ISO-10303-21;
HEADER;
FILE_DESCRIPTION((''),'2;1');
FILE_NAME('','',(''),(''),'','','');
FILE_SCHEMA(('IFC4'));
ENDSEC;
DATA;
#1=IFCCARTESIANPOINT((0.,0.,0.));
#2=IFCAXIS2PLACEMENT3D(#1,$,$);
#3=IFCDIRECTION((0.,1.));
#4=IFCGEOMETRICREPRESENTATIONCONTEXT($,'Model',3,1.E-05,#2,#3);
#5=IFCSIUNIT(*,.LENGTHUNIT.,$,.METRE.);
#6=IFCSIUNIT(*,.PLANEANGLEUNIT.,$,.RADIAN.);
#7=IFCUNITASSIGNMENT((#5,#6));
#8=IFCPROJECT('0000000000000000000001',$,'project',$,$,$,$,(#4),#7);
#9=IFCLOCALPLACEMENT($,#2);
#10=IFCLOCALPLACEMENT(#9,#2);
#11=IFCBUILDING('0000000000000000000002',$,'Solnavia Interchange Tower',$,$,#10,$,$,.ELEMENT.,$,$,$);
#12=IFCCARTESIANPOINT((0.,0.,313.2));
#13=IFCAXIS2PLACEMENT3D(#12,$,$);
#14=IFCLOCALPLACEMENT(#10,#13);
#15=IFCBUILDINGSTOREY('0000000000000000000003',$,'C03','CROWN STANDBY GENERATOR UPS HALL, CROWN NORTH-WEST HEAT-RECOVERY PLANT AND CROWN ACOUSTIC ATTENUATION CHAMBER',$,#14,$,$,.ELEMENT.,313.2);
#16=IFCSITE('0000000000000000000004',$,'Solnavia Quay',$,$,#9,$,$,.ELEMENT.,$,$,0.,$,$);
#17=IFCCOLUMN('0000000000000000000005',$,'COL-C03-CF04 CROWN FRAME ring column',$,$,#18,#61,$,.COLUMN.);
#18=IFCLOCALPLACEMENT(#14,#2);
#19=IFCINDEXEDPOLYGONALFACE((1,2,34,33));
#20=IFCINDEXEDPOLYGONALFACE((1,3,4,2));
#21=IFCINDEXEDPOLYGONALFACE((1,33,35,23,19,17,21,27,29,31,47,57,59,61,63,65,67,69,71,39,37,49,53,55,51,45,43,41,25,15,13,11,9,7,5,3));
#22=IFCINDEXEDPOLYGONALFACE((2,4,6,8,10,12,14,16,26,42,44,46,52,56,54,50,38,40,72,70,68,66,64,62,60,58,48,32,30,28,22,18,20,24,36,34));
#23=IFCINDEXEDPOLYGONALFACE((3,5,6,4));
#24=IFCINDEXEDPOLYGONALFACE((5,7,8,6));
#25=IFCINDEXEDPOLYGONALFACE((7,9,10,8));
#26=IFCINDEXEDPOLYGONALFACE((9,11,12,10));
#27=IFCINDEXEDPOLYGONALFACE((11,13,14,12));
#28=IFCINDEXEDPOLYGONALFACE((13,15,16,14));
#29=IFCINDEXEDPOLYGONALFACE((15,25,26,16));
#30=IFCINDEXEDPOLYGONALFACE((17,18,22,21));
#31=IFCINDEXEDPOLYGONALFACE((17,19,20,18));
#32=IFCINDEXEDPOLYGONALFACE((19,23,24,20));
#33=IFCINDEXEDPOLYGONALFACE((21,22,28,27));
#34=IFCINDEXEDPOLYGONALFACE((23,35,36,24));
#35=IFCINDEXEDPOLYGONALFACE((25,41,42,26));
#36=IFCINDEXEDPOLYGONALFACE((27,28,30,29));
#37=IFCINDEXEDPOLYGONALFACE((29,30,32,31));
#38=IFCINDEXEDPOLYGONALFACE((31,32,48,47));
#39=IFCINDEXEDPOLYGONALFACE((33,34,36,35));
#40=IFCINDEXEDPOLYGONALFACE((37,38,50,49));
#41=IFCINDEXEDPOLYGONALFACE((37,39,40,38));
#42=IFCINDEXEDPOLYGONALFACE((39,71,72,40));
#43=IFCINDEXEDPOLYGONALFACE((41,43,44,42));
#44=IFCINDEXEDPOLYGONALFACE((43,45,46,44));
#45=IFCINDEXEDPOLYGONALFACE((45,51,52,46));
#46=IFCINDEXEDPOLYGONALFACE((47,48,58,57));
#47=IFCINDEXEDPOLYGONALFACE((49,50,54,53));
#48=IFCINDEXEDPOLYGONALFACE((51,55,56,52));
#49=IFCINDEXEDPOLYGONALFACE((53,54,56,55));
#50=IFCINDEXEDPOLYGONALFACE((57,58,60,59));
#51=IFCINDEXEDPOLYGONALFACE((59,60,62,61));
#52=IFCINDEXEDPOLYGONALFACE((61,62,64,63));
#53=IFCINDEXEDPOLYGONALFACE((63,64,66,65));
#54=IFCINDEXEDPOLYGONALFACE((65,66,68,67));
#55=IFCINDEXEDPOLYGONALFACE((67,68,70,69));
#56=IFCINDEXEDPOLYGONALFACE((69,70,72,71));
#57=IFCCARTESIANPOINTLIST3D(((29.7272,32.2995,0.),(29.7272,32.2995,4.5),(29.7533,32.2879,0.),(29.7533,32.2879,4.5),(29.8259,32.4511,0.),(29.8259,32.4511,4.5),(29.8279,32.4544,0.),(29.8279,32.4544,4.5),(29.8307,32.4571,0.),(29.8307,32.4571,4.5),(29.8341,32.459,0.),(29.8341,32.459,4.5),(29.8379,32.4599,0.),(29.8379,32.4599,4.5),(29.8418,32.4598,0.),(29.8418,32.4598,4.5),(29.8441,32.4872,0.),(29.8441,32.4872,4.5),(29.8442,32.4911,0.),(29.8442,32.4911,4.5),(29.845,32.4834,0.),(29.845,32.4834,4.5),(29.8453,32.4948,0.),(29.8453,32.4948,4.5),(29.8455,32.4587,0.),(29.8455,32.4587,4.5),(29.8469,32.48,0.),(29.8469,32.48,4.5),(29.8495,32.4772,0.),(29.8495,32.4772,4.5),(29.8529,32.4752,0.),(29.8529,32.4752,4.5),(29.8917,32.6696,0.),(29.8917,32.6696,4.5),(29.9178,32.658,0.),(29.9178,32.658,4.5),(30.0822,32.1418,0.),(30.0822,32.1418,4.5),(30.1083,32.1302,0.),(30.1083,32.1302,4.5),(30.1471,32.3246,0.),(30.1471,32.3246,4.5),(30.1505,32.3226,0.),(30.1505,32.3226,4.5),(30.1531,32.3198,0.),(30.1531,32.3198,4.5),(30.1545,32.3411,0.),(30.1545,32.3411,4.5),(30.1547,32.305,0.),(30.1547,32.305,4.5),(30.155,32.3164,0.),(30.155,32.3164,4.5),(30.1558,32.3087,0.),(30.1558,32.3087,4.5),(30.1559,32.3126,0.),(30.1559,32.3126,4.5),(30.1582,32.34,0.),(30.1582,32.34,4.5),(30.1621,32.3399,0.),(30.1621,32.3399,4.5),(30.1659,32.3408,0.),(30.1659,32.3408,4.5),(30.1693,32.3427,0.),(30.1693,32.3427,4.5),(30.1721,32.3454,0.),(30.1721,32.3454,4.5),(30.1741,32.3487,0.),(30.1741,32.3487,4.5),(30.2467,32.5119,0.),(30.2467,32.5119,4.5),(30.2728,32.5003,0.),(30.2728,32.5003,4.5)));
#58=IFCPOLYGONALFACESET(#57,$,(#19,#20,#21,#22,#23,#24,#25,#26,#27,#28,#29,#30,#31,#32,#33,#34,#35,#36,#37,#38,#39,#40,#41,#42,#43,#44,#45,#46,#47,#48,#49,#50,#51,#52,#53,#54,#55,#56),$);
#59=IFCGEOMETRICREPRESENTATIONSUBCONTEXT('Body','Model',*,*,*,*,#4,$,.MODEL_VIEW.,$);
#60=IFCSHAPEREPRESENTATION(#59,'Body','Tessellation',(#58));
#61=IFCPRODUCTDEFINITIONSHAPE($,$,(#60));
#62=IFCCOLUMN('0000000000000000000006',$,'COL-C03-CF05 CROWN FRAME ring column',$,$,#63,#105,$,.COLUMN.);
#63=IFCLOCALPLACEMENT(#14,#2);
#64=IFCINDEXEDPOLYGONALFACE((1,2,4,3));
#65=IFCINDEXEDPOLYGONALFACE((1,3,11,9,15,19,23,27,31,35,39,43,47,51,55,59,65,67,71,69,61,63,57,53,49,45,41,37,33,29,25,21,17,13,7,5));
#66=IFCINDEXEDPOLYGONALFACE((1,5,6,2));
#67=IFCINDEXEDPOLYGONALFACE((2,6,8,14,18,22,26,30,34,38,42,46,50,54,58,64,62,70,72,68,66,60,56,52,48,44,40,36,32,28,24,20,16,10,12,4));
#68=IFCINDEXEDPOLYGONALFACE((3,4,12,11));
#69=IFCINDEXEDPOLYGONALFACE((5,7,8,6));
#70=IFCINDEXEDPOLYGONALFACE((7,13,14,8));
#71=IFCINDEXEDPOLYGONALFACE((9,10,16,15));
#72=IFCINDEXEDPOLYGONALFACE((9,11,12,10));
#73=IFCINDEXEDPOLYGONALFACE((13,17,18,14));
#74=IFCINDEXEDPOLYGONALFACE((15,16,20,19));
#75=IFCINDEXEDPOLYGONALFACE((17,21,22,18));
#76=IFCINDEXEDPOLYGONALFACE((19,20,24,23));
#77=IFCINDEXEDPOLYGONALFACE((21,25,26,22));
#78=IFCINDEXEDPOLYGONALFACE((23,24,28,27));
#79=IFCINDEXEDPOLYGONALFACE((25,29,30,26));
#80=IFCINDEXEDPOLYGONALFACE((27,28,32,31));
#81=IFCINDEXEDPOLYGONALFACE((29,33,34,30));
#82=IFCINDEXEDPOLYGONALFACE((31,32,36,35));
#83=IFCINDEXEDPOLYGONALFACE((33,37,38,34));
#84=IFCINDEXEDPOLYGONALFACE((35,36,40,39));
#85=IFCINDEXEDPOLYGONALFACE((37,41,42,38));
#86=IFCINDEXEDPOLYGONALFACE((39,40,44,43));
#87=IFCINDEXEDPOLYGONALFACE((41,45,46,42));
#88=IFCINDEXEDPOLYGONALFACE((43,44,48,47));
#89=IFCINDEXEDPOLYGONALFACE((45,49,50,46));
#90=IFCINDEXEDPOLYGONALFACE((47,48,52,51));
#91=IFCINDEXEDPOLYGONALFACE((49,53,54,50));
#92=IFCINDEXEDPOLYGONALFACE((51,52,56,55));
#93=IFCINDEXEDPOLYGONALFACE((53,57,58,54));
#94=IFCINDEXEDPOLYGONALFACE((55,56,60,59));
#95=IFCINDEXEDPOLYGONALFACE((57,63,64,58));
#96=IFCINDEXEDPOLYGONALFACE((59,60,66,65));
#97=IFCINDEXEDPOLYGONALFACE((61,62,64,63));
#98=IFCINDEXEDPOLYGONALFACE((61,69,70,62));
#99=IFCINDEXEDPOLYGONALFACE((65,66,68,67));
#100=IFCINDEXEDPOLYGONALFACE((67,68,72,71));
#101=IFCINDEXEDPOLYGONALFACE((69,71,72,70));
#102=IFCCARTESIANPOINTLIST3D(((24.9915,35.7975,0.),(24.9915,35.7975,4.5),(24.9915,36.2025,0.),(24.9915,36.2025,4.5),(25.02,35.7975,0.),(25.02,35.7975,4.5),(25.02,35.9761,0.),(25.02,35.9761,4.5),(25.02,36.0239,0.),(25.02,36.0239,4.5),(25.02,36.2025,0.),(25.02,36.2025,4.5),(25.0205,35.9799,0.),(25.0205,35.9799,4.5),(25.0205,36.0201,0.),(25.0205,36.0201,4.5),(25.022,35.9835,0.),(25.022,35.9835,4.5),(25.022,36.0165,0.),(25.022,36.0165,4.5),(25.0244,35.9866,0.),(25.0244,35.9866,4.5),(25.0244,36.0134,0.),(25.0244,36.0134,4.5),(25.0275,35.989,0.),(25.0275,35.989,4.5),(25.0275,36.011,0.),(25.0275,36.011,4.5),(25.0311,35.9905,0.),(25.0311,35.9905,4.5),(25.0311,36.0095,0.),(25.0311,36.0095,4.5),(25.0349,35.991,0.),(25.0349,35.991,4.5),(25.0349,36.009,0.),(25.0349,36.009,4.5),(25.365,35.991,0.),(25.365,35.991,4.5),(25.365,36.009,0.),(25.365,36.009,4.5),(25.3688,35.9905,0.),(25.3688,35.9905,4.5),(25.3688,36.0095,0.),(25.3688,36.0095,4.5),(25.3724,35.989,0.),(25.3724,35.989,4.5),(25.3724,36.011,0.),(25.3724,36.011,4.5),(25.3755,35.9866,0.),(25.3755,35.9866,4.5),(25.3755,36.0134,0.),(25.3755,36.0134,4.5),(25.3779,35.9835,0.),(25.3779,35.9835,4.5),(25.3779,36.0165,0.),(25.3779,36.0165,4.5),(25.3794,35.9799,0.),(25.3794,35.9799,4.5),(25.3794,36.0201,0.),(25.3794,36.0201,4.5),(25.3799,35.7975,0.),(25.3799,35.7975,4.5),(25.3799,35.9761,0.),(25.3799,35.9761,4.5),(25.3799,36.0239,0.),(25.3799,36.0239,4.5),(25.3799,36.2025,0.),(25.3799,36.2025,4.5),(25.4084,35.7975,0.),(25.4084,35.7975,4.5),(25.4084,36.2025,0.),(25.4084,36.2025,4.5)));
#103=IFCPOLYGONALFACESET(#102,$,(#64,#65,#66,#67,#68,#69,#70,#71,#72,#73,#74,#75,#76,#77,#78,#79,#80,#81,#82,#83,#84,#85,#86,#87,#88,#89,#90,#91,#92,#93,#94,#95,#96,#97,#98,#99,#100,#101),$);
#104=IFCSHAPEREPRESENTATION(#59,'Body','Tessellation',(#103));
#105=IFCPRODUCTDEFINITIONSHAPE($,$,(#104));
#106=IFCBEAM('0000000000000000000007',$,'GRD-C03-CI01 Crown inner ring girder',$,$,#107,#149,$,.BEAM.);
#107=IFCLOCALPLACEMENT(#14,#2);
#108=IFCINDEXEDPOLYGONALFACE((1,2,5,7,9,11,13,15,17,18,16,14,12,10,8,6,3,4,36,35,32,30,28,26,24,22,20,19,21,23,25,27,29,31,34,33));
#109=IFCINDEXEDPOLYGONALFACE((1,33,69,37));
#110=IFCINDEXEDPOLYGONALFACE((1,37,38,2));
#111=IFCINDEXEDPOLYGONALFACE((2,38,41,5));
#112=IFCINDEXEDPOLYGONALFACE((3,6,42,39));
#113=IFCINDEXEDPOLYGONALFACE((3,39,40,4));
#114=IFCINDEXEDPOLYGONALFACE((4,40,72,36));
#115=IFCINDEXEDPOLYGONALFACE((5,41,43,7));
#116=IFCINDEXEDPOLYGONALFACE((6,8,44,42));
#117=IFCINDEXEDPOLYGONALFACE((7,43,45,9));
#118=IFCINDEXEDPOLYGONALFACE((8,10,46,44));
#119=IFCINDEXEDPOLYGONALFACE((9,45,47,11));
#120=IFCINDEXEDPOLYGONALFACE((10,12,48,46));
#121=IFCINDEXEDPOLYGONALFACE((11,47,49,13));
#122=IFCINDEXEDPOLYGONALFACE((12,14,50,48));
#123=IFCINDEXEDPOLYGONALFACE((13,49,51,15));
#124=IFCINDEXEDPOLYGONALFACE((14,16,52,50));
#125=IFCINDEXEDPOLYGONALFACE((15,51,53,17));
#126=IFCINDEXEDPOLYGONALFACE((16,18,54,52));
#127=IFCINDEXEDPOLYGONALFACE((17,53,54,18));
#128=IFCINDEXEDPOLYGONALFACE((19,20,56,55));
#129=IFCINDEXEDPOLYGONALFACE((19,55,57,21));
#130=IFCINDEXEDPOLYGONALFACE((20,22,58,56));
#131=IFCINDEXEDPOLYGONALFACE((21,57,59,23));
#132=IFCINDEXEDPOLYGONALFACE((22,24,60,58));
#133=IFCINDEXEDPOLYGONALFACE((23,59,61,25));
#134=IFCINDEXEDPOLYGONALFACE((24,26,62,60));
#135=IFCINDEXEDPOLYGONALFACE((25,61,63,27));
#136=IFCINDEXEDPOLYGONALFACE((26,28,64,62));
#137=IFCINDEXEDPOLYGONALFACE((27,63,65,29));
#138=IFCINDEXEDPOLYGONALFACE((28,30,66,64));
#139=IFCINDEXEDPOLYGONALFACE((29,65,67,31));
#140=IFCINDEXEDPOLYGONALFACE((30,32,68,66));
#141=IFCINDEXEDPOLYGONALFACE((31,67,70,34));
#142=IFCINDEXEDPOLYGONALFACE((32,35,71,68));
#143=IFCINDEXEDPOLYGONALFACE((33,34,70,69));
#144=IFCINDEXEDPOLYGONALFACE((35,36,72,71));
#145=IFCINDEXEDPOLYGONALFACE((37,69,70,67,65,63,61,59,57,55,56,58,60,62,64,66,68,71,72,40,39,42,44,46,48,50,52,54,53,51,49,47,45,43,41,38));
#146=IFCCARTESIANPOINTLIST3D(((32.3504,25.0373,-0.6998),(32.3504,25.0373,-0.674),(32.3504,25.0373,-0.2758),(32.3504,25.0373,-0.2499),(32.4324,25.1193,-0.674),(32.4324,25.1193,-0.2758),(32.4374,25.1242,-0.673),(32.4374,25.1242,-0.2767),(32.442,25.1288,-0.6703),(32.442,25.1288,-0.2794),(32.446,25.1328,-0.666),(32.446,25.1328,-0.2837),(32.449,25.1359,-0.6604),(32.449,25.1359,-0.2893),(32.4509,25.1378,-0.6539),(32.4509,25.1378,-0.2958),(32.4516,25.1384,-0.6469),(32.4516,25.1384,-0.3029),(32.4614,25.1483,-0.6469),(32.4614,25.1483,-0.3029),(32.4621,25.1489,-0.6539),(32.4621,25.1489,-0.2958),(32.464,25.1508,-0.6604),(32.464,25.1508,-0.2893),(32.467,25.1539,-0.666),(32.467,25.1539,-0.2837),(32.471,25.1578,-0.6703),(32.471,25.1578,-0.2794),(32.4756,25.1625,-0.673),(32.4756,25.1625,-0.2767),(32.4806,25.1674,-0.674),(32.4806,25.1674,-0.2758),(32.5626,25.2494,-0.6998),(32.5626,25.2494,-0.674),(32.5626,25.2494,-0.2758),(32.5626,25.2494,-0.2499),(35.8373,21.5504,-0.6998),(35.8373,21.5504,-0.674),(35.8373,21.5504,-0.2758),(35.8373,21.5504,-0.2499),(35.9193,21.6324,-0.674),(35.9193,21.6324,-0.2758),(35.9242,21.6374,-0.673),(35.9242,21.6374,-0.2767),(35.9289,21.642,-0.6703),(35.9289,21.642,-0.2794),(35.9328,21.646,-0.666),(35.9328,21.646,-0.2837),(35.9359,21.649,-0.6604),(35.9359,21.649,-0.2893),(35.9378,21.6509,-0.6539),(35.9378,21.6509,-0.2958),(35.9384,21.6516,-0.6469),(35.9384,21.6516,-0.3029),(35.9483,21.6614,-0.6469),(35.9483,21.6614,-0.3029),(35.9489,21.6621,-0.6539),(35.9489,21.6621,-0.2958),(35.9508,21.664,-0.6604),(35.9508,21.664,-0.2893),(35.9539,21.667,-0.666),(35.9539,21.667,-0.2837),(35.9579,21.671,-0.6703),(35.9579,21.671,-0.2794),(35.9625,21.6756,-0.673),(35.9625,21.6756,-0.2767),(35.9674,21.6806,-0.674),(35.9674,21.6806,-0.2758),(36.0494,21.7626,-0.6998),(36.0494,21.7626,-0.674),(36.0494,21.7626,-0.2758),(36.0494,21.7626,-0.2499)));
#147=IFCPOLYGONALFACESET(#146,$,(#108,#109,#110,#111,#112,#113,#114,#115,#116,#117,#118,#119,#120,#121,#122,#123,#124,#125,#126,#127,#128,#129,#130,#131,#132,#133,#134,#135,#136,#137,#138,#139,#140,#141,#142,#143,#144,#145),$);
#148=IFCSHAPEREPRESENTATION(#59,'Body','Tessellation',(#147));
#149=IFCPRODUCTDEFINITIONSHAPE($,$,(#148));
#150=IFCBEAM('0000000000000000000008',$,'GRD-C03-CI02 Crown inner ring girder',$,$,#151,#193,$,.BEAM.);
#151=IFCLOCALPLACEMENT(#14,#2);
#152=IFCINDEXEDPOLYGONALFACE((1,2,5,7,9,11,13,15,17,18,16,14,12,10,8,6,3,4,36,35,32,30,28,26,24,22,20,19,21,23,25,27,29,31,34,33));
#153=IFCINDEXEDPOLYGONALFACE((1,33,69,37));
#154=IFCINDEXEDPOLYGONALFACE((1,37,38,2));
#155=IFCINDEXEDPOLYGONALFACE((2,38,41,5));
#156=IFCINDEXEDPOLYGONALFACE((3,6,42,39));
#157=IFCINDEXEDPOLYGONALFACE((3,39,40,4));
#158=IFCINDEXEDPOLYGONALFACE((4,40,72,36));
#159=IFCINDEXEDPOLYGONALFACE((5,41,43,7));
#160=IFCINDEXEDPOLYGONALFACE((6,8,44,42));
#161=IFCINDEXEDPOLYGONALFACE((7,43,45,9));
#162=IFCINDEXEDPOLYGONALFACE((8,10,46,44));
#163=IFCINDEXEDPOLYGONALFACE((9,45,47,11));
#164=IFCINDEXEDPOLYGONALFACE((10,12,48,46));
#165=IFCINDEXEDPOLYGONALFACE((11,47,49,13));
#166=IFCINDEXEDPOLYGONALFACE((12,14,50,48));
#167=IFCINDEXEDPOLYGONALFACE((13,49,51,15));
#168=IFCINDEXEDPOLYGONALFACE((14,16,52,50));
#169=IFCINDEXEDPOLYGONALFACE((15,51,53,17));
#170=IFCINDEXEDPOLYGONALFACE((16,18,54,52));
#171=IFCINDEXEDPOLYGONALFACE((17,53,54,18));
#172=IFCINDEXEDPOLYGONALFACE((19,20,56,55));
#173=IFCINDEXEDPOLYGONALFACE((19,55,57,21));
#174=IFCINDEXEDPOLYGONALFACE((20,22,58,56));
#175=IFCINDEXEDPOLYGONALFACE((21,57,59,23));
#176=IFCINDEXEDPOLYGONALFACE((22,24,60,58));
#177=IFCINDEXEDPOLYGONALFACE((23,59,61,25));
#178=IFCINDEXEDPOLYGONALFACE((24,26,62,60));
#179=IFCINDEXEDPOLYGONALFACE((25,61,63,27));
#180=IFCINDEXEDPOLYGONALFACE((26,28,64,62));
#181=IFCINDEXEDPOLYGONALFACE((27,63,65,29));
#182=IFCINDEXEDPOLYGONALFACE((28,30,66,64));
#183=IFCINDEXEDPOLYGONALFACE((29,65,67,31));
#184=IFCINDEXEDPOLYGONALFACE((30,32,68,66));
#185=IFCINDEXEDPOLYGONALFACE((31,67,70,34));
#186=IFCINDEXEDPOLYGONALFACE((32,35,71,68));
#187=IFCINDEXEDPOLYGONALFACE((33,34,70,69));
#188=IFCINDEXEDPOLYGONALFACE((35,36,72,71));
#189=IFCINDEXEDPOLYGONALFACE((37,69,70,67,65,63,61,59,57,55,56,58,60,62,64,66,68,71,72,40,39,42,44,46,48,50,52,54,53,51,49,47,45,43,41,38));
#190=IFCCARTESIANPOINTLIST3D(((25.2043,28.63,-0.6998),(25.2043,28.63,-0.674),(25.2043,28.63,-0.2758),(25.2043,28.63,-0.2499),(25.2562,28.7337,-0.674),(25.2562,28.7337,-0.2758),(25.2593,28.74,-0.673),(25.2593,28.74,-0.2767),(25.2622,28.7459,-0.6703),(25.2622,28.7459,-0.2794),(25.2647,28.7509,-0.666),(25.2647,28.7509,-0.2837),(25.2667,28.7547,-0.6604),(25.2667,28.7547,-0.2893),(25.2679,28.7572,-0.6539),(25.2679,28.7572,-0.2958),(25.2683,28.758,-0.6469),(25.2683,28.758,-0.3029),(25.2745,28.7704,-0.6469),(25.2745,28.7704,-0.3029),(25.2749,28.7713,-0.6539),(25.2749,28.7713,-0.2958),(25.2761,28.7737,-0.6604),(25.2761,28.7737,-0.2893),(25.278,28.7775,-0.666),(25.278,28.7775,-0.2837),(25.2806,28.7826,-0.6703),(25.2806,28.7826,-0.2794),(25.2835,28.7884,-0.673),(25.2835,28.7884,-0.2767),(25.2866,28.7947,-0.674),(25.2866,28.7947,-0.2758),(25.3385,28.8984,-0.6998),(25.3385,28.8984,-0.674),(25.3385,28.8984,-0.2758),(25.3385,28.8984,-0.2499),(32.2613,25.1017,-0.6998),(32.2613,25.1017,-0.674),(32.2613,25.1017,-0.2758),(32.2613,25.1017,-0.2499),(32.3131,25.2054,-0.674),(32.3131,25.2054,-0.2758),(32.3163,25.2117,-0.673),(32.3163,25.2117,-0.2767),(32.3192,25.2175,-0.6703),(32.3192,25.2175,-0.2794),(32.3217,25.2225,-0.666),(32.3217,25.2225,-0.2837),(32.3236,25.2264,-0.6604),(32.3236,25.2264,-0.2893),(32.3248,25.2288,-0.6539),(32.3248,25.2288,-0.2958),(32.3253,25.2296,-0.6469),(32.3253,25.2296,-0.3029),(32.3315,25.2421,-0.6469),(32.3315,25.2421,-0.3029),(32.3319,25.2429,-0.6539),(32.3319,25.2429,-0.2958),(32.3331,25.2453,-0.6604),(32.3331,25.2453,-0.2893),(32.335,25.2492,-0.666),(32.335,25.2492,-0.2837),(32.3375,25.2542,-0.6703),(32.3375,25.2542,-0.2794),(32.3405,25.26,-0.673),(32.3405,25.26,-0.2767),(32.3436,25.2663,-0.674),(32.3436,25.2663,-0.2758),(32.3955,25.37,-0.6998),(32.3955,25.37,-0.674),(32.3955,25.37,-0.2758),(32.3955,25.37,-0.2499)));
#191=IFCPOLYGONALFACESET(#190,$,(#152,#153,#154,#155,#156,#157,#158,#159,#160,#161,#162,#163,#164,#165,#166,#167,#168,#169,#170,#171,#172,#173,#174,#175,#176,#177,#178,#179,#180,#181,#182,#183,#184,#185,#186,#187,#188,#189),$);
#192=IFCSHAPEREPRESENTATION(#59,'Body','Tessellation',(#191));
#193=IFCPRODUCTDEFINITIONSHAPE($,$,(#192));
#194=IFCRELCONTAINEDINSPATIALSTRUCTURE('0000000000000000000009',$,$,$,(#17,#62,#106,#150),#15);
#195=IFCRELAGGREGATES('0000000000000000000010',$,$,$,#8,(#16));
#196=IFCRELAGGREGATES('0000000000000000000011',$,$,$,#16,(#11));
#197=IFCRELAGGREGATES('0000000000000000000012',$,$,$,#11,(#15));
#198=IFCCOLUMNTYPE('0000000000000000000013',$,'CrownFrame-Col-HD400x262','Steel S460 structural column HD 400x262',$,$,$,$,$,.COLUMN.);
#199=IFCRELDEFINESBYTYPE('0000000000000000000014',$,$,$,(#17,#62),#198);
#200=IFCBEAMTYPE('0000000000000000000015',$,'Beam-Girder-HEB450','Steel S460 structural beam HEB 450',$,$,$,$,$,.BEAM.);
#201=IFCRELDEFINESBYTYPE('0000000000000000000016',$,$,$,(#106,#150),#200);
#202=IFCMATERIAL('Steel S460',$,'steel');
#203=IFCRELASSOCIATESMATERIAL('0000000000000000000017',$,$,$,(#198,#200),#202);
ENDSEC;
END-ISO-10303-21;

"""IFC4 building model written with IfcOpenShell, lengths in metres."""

from ifc_helpers import new_model, si_unit, direction, frame, origin, origin_2d, place, context, subcontext, project, spatial, i_section, extrude, material, material_profile, profile_set, type_object, element, save


model = new_model("IFC4")

# Units and contexts
model_context = context("Model", 3, precision=1e-05, world=origin(), true_north=direction((0.0, 1.0)))
body_context = subcontext(model_context, "Body", "Model", "MODEL_VIEW")
ifc_project = project(units=[si_unit("LENGTHUNIT", "METRE"), si_unit("PLANEANGLEUNIT", "RADIAN")], contexts=[model_context])

# Site, building, storey
site_placement = place(None, origin())
site = spatial("IfcSite", under=ifc_project, at=site_placement, Name="Solnavia Quay", CompositionType="ELEMENT", RefElevation=0.0)
building_placement = place(site_placement, origin())
building = spatial("IfcBuilding", under=site, at=building_placement, Name="Solnavia Interchange Tower", CompositionType="ELEMENT")
storey_placement = place(building_placement, frame((0.0, 0.0, 313.2)))
storey = spatial("IfcBuildingStorey", under=building, at=storey_placement, Name="C03", Description="CROWN STANDBY GENERATOR UPS HALL, CROWN NORTH-WEST HEAT-RECOVERY PLANT AND CROWN ACOUSTIC ATTENUATION CHAMBER", CompositionType="ELEMENT", Elevation=313.2)

# Columns
ifc_material_1 = material(Name="Steel S460", Category="steel")
ifc_material_profile_1 = material_profile(ifc_material_1, i_section(OverallWidth=0.405, OverallDepth=0.417, WebThickness=0.0181, FlangeThickness=0.0286, FilletRadius=0.0149, at=origin_2d()), Name="HD 400x262")
ifc_profile_set_1 = profile_set([ifc_material_profile_1], Name="Steel S460")
column_type_1 = type_object("IfcColumnType", Name="CrownFrame-Col-HD400x262", Description="Steel S460 structural column HD 400x262", PredefinedType="COLUMN", material=ifc_profile_set_1)
for number, where, z_axis, x_axis, name in (
    (1, (30.0, 32.3999, 0.0), (0.0, 0.0, 1.0), (0.406099, 0.913829, 0.0), "COL-C03-CF04 CROWN FRAME ring column"),
    (2, (25.2, 36.0, 0.0), (0.0, 0.0, 1.0), (0.0, 1.0, 0.0), "COL-C03-CF05 CROWN FRAME ring column"),
):
    element("IfcColumn", number, at=place(storey_placement, frame(where, z_axis=z_axis, x_axis=x_axis)), inside=storey, type_object=column_type_1, Name=name, PredefinedType="COLUMN", context=body_context, shape_type="SweptSolid", body=[
        extrude(i_section(OverallWidth=0.405, OverallDepth=0.417, WebThickness=0.0181, FlangeThickness=0.0286, FilletRadius=0.0149, at=origin_2d()), origin(), (0.0, 0.0, 1.0), 4.5),
    ])

# Beams
ifc_material_profile_2 = material_profile(ifc_material_1, i_section(OverallWidth=0.3, OverallDepth=0.45, WebThickness=0.0139, FlangeThickness=0.0259, FilletRadius=0.0271, at=origin_2d()), Name="HEB 450")
ifc_profile_set_2 = profile_set([ifc_material_profile_2], Name="Steel S460")
beam_type_1 = type_object("IfcBeamType", Name="Beam-Girder-HEB450", Description="Steel S460 structural beam HEB 450", PredefinedType="BEAM", material=ifc_profile_set_2)
beam_1_placement = place(storey_placement, frame((35.9434, 21.6565, -0.4749), z_axis=(-0.707107, 0.707107, 0.0), x_axis=(-0.707107, -0.707107, 0.0)))
element("IfcBeam", 3, at=beam_1_placement, inside=storey, type_object=beam_type_1, Name="GRD-C03-CI01 Crown inner ring girder", PredefinedType="BEAM", context=body_context, shape_type="SweptSolid", body=[
    extrude(i_section(OverallWidth=0.3, OverallDepth=0.45, WebThickness=0.0139, FlangeThickness=0.0259, FilletRadius=0.0271, at=origin_2d()), origin(), (0.0, 0.0, 1.0), 4.9312),
])
beam_2_placement = place(storey_placement, frame((32.3284, 25.2358, -0.4749), z_axis=(-0.894433, 0.447201, 0.0), x_axis=(-0.447201, -0.894433, 0.0)))
element("IfcBeam", 4, at=beam_2_placement, inside=storey, type_object=beam_type_1, Name="GRD-C03-CI02 Crown inner ring girder", PredefinedType="BEAM", context=body_context, shape_type="SweptSolid", body=[
    extrude(i_section(OverallWidth=0.3, OverallDepth=0.45, WebThickness=0.0139, FlangeThickness=0.0259, FilletRadius=0.0271, at=origin_2d()), origin(), (0.0, 0.0, 1.0), 7.8899),
])

save(model, "model.ifc")
